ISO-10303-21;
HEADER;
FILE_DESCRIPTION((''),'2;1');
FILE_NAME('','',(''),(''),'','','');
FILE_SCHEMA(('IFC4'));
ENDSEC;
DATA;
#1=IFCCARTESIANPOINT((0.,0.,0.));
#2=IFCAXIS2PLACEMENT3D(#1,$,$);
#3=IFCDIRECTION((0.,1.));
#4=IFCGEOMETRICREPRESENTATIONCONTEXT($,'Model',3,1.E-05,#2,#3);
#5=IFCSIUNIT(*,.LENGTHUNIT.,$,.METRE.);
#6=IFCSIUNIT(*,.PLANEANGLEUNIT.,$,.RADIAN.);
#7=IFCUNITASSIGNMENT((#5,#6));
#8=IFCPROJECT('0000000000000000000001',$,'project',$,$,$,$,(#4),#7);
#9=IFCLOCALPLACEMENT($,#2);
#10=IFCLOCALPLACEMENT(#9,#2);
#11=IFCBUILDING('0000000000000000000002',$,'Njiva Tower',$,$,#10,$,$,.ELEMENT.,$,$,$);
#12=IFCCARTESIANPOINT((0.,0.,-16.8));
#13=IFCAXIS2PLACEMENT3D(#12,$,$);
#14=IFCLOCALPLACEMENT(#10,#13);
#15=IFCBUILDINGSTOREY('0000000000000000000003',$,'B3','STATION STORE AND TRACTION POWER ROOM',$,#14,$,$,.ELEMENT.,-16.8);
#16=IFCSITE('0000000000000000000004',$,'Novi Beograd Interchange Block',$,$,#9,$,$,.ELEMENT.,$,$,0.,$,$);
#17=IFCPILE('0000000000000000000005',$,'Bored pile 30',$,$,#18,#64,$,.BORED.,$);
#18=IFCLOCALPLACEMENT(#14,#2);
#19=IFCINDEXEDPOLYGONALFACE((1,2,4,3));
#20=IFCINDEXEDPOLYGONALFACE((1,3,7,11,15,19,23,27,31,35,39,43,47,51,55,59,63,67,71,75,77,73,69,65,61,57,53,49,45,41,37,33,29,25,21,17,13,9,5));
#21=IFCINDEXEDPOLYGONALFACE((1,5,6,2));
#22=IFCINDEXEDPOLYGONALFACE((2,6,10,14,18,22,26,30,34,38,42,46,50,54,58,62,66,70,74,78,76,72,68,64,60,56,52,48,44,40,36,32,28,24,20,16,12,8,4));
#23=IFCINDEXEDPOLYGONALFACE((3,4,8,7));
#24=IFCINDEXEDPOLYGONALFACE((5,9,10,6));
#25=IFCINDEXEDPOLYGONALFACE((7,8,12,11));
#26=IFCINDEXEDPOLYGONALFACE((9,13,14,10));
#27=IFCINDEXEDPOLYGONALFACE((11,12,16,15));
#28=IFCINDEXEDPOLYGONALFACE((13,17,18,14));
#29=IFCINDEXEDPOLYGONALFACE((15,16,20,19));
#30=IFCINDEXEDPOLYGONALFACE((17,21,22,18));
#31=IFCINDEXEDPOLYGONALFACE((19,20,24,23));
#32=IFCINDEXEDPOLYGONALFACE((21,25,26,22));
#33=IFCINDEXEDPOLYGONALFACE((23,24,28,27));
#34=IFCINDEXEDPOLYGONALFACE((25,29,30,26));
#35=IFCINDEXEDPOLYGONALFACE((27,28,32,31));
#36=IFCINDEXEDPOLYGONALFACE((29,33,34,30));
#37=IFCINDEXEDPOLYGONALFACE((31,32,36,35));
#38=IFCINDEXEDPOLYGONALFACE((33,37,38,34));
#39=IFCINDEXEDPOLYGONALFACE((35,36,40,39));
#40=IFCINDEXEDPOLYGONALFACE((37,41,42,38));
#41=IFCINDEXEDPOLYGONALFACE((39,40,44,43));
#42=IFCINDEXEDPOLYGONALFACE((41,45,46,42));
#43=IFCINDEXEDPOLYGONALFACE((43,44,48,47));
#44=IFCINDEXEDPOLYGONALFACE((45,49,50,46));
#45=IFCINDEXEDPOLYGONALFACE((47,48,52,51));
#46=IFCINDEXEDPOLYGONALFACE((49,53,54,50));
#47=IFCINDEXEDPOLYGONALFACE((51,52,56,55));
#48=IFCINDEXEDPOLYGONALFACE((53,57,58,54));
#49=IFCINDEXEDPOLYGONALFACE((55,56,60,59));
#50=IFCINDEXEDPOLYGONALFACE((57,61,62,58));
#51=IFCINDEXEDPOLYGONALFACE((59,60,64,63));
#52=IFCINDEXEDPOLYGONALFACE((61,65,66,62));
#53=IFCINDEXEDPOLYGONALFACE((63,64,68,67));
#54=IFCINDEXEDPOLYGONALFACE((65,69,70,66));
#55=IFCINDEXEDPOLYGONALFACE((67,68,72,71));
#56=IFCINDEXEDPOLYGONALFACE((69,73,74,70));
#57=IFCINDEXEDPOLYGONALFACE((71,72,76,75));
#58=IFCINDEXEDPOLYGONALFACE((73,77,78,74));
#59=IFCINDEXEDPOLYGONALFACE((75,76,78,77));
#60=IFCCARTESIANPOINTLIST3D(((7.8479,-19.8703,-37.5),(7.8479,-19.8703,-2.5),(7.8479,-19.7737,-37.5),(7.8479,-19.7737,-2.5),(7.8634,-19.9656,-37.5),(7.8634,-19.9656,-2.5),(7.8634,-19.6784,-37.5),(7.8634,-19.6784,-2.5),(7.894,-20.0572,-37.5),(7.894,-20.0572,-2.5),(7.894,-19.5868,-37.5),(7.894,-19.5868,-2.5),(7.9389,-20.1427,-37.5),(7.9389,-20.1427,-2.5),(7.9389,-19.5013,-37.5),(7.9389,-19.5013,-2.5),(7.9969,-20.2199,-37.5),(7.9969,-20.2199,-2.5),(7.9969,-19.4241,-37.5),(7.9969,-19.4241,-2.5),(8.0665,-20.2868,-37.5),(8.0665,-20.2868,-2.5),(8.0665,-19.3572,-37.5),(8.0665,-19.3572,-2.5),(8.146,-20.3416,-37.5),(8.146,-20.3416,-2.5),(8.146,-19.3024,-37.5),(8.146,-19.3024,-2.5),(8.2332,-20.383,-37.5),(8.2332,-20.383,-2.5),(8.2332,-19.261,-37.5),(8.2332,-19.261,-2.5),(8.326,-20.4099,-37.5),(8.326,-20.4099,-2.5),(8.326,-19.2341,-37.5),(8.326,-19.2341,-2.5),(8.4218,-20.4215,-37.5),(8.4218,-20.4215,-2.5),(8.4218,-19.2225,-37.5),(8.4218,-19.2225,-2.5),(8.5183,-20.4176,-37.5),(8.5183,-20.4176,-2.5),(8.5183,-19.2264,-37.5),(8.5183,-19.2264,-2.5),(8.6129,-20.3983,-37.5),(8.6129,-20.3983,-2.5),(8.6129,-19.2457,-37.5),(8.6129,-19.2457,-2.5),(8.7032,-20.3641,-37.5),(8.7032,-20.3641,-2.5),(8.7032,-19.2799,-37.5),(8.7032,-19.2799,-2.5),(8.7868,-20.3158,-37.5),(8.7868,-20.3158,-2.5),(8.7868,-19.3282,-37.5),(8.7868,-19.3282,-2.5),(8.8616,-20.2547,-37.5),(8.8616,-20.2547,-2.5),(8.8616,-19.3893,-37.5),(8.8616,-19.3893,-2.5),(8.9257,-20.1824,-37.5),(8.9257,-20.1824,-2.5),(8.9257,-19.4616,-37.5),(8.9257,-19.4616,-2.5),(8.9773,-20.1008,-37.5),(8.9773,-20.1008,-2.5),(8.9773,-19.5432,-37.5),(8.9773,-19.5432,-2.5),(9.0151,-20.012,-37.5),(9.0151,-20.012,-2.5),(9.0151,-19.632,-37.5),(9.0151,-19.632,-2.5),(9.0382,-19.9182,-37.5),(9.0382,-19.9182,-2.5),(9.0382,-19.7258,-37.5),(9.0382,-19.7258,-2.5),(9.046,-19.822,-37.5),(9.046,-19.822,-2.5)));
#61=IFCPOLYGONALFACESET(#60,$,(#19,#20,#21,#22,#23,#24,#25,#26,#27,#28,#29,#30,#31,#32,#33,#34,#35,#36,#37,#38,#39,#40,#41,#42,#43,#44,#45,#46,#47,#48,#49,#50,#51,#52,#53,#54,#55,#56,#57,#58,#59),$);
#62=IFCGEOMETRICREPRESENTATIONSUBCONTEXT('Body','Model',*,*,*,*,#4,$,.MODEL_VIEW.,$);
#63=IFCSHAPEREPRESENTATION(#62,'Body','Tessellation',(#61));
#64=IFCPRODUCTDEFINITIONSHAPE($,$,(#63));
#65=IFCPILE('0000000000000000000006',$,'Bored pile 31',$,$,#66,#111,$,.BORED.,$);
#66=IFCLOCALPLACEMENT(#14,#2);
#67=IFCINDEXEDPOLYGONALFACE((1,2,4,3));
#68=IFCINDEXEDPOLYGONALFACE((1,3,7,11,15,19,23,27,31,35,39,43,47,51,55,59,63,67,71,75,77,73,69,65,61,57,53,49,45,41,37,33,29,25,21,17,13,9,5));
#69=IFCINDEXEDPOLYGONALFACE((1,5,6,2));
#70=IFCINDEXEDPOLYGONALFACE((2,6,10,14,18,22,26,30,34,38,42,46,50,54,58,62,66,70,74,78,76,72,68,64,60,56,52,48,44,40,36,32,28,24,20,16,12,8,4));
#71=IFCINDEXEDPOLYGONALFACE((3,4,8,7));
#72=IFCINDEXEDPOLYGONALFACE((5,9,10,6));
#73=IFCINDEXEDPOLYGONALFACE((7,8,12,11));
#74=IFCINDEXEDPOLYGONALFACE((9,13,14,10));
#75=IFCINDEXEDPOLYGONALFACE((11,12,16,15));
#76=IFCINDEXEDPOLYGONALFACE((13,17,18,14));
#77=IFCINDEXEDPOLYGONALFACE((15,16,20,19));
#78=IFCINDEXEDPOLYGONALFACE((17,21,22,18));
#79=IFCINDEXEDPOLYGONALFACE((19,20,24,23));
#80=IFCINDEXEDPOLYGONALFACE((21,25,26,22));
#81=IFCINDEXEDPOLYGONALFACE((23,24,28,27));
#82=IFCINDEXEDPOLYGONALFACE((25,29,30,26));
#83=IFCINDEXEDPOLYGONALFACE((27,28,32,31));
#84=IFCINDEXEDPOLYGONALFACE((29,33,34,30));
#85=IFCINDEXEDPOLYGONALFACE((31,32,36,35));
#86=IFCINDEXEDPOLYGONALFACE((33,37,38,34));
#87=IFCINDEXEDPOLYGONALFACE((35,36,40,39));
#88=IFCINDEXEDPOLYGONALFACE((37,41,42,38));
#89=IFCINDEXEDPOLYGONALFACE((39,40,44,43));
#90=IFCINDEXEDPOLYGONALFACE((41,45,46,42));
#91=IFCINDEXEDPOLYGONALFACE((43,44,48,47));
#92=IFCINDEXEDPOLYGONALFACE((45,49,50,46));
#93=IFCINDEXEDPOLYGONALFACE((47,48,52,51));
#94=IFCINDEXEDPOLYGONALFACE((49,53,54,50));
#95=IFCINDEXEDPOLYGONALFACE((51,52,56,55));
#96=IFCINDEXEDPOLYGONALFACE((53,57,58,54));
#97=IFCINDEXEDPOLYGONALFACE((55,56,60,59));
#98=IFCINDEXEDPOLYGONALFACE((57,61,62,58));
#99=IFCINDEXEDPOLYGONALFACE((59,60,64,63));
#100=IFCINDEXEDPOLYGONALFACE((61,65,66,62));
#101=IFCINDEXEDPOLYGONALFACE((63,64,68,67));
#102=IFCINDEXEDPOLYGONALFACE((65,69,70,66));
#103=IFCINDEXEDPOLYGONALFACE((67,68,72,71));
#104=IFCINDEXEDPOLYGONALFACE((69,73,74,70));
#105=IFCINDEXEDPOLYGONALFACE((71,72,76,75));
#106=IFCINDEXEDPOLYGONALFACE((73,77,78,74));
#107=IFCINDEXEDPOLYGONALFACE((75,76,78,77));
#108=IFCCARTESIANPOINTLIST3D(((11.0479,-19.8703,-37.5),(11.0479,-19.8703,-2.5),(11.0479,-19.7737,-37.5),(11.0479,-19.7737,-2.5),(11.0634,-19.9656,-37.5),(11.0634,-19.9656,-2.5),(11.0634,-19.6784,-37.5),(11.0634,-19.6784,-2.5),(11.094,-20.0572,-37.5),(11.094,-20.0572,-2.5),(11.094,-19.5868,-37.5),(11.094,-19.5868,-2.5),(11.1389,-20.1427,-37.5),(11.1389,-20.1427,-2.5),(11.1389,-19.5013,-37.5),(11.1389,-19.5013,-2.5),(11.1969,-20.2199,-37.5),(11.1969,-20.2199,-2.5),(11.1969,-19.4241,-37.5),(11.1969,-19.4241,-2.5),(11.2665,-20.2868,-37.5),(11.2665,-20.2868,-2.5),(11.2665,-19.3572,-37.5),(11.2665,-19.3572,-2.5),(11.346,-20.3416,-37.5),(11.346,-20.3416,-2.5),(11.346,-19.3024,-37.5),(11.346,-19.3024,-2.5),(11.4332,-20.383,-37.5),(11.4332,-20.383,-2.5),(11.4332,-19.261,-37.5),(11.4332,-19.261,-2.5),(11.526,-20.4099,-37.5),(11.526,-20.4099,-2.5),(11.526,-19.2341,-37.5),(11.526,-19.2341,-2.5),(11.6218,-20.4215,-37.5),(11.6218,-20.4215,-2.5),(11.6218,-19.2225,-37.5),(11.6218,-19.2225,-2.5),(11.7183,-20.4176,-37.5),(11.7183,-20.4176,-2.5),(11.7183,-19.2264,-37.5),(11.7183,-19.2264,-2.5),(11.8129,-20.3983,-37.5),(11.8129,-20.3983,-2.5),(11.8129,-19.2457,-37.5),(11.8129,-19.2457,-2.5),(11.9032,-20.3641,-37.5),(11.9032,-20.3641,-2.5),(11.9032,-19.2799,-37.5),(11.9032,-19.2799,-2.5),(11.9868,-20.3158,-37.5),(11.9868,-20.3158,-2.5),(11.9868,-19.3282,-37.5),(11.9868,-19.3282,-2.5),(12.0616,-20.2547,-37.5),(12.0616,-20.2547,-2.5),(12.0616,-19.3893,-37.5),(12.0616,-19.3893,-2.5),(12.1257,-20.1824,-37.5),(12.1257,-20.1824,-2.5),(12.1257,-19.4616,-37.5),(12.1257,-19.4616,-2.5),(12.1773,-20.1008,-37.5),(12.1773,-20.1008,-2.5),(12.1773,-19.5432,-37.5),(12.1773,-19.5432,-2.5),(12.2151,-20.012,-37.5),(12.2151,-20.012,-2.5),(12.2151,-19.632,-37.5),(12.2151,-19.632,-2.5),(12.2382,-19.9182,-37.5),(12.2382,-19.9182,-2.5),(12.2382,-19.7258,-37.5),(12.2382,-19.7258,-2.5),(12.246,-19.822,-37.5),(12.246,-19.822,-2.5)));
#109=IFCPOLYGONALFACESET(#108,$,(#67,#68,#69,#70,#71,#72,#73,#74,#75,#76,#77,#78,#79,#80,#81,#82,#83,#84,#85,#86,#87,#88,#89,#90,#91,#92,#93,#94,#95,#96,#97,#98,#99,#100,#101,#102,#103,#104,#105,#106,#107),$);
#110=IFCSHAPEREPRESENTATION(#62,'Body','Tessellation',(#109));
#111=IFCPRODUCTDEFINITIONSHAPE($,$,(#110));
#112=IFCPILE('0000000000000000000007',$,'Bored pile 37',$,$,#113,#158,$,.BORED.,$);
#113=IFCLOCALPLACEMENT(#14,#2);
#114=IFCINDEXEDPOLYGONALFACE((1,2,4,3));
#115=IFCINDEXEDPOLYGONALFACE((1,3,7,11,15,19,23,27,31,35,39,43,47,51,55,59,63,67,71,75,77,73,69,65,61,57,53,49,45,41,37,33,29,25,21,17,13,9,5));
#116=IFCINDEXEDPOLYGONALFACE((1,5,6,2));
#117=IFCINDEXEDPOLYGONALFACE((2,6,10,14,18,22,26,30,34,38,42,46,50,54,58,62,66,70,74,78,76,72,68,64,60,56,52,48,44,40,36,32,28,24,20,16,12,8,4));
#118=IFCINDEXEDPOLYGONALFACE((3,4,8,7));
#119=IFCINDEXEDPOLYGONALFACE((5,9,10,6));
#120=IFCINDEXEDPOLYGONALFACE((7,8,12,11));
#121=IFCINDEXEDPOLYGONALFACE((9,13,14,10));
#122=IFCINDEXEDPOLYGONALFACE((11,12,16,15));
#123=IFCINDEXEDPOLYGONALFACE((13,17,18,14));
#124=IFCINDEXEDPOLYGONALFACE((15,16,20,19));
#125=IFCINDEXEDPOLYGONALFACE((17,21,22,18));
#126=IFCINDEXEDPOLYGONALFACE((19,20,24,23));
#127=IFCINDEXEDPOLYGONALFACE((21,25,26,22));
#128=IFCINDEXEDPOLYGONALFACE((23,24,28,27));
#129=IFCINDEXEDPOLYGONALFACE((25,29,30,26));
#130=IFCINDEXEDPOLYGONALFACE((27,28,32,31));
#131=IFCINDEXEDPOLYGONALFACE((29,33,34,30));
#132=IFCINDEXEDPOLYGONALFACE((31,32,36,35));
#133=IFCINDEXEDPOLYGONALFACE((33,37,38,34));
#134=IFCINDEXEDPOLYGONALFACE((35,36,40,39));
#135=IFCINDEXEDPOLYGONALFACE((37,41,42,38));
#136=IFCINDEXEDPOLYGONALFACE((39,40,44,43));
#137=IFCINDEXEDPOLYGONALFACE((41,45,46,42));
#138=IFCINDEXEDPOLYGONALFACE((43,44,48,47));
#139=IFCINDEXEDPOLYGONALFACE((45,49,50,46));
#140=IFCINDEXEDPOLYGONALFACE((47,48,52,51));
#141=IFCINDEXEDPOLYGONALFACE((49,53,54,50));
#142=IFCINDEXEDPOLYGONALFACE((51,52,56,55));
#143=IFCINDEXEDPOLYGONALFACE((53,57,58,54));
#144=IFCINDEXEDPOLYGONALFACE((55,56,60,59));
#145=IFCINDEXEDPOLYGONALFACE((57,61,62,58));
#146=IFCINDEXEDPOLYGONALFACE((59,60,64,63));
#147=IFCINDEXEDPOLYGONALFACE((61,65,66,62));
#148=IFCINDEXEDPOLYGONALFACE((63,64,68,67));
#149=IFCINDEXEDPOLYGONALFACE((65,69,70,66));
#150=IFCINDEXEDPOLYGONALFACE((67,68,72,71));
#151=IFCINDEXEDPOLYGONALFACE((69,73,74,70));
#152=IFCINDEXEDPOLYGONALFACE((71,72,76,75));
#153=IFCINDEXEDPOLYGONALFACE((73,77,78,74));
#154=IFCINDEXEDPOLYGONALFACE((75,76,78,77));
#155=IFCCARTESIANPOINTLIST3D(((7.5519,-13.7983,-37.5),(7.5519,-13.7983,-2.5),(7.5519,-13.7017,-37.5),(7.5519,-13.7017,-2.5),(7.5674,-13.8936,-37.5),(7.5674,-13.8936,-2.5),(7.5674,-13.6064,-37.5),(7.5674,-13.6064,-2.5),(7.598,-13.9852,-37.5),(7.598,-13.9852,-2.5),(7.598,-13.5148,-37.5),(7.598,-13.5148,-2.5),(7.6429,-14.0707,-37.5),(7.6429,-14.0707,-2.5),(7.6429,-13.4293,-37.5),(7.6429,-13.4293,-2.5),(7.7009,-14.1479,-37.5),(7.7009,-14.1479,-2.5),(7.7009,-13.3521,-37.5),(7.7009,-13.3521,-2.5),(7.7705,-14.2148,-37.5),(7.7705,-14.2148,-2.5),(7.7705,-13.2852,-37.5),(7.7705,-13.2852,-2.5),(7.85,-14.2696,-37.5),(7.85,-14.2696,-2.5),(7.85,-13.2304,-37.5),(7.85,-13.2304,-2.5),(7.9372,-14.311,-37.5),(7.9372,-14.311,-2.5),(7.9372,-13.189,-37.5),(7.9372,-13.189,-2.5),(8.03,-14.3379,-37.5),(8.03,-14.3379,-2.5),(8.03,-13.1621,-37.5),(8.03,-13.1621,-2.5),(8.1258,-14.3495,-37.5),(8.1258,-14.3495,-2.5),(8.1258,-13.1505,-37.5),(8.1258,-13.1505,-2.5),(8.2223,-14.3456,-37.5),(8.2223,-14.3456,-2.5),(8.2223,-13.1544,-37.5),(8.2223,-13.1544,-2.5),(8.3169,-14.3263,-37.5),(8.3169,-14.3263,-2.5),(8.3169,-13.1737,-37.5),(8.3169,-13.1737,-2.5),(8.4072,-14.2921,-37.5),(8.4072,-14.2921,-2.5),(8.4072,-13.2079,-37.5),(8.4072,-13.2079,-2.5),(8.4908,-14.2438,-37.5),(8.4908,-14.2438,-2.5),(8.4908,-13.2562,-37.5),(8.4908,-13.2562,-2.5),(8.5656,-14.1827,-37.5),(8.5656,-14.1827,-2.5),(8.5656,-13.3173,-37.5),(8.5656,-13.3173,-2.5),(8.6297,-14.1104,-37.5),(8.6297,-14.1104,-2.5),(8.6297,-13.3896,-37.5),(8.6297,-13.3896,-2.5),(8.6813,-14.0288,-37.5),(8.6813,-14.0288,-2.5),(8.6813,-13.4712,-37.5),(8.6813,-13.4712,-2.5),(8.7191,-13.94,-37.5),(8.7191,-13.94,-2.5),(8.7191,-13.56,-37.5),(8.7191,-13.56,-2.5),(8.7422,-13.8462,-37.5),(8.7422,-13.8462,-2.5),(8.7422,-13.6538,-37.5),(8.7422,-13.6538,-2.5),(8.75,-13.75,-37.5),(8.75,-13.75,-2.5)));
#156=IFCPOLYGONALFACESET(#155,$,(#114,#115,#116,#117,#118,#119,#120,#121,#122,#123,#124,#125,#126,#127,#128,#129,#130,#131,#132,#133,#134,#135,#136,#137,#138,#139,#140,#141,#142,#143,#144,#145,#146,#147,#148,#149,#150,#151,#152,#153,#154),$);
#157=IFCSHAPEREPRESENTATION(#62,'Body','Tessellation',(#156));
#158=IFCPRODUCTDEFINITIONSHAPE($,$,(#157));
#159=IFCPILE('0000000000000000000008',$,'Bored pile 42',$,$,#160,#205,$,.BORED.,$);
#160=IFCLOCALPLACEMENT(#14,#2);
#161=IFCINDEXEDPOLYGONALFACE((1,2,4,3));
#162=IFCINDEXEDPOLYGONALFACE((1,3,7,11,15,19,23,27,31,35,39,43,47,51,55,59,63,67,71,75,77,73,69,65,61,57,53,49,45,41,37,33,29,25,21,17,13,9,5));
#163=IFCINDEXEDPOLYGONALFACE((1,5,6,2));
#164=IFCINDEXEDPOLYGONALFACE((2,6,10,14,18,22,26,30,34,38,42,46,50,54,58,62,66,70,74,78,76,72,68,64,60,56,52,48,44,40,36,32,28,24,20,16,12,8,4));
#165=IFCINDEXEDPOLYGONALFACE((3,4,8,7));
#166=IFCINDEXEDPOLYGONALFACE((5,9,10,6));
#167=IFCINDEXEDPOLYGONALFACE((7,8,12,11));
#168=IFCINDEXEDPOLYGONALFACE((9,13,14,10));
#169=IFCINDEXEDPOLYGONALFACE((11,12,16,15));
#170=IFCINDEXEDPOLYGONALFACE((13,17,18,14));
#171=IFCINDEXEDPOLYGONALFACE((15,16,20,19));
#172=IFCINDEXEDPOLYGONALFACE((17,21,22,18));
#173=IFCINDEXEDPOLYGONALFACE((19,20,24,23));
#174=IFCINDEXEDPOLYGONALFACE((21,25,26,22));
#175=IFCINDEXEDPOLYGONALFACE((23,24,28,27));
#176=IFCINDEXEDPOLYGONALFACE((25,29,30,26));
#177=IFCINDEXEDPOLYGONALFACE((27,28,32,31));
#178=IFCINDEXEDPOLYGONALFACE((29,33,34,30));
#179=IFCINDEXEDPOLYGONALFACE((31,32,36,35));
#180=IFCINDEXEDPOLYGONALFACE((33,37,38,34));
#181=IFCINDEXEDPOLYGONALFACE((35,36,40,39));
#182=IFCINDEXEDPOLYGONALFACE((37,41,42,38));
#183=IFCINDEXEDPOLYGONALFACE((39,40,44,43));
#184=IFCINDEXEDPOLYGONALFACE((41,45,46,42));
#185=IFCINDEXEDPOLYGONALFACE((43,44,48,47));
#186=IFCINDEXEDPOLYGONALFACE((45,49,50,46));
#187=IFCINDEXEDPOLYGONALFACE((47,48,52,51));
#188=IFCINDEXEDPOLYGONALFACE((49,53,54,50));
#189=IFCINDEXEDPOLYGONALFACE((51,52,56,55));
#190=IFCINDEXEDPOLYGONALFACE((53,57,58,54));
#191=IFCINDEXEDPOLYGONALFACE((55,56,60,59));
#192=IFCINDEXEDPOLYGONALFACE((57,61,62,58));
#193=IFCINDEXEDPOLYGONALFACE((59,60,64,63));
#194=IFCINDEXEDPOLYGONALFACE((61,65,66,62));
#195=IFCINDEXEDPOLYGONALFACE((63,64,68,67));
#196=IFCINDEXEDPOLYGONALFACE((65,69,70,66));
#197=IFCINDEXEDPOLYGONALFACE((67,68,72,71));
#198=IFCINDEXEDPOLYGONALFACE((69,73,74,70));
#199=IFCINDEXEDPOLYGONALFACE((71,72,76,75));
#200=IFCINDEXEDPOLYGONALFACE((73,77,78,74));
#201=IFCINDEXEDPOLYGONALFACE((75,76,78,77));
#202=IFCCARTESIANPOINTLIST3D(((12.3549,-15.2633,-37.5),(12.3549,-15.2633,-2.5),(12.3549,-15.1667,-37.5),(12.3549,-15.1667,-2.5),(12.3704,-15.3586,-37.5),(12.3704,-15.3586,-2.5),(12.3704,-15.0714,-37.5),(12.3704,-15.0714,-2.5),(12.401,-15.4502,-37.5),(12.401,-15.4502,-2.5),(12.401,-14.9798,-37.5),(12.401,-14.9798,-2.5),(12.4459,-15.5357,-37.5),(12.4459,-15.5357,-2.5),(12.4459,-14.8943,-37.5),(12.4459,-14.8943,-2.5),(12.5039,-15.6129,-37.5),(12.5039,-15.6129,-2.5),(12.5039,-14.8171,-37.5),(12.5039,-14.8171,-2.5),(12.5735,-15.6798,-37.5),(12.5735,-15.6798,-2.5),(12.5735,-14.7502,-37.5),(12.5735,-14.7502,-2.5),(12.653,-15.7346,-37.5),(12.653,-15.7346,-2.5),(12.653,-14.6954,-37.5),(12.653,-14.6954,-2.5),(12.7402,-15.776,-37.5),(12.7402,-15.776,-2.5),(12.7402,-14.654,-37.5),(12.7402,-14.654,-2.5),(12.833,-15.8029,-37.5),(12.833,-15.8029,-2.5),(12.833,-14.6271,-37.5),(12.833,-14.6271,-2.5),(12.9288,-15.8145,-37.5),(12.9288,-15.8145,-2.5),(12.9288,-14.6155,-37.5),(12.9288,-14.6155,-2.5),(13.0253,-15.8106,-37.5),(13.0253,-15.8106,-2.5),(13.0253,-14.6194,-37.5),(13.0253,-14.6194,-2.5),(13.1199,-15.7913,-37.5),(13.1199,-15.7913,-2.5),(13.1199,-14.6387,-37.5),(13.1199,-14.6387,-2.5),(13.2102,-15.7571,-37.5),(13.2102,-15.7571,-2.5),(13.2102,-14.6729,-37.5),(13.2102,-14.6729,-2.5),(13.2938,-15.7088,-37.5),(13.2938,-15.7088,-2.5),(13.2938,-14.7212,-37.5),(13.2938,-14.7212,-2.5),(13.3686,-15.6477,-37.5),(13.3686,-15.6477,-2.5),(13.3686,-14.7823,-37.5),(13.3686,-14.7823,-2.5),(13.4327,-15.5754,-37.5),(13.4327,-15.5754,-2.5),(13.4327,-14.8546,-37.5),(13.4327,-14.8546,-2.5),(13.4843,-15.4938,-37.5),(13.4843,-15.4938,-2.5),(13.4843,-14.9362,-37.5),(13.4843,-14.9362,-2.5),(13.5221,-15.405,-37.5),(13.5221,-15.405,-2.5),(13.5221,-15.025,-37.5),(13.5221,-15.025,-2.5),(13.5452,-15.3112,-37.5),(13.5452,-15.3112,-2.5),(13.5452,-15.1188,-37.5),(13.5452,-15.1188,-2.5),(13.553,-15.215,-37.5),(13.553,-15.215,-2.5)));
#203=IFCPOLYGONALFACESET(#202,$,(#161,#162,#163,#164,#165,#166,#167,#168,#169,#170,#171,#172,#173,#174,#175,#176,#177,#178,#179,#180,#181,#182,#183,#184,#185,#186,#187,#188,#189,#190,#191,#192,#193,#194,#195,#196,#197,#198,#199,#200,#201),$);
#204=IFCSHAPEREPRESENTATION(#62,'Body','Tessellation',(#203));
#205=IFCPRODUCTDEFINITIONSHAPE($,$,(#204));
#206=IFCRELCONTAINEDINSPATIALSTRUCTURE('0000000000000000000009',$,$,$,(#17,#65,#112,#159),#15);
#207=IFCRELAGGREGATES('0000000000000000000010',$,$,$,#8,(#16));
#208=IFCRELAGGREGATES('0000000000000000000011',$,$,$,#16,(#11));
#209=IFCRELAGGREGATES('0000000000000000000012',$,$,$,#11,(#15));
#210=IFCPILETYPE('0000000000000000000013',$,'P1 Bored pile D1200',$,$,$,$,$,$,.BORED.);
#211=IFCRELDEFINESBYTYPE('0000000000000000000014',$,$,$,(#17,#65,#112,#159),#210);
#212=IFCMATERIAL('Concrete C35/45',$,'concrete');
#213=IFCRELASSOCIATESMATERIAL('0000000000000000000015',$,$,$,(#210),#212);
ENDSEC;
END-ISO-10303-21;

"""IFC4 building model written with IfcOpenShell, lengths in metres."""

from ifc_helpers import new_model, si_unit, direction, frame, origin, origin_2d, place, context, subcontext, project, spatial, circle, extrude, material, material_profile, profile_set, type_object, element, save


model = new_model("IFC4")

# Units and contexts
model_context = context("Model", 3, precision=1e-05, world=origin(), true_north=direction((0.0, 1.0)))
body_context = subcontext(model_context, "Body", "Model", "MODEL_VIEW")
ifc_project = project(units=[si_unit("LENGTHUNIT", "METRE"), si_unit("PLANEANGLEUNIT", "RADIAN")], contexts=[model_context])

# Site, building, storey
site_placement = place(None, origin())
site = spatial("IfcSite", under=ifc_project, at=site_placement, Name="Novi Beograd Interchange Block", CompositionType="ELEMENT", RefElevation=0.0)
building_placement = place(site_placement, origin())
building = spatial("IfcBuilding", under=site, at=building_placement, Name="Njiva Tower", CompositionType="ELEMENT")
storey_placement = place(building_placement, frame((0.0, 0.0, -16.8)))
storey = spatial("IfcBuildingStorey", under=building, at=storey_placement, Name="B3", Description="STATION STORE AND TRACTION POWER ROOM", CompositionType="ELEMENT", Elevation=-16.8)

# Piles
ifc_material_1 = material(Name="Concrete C35/45", Category="concrete")
ifc_material_profile_1 = material_profile(ifc_material_1, circle(Radius=0.6, at=origin_2d()), Name="D1200")
ifc_profile_set_1 = profile_set([ifc_material_profile_1], Name="Concrete C35/45")
pile_type = type_object("IfcPileType", Name="P1 Bored pile D1200", PredefinedType="BORED", material=ifc_profile_set_1)
for number, where, z_axis, x_axis, name in (
    (1, (8.446, -19.822, -2.5), (0.0, 0.0, -1.0), (1.0, 0.0, 0.0), "Bored pile 30"),
    (2, (11.646, -19.822, -2.5), (0.0, 0.0, -1.0), (1.0, 0.0, 0.0), "Bored pile 31"),
    (3, (8.15, -13.75, -2.5), (0.0, 0.0, -1.0), (1.0, 0.0, 0.0), "Bored pile 37"),
    (4, (12.953, -15.215, -2.5), (0.0, 0.0, -1.0), (1.0, 0.0, 0.0), "Bored pile 42"),
):
    element("IfcPile", number, at=place(storey_placement, frame(where, z_axis=z_axis, x_axis=x_axis)), inside=storey, type_object=pile_type, Name=name, PredefinedType="BORED", context=body_context, shape_type="SweptSolid", body=[
        extrude(circle(Radius=0.6, at=origin_2d()), origin(), (0.0, 0.0, 1.0), 35.0),
    ])

save(model, "model.ifc")
